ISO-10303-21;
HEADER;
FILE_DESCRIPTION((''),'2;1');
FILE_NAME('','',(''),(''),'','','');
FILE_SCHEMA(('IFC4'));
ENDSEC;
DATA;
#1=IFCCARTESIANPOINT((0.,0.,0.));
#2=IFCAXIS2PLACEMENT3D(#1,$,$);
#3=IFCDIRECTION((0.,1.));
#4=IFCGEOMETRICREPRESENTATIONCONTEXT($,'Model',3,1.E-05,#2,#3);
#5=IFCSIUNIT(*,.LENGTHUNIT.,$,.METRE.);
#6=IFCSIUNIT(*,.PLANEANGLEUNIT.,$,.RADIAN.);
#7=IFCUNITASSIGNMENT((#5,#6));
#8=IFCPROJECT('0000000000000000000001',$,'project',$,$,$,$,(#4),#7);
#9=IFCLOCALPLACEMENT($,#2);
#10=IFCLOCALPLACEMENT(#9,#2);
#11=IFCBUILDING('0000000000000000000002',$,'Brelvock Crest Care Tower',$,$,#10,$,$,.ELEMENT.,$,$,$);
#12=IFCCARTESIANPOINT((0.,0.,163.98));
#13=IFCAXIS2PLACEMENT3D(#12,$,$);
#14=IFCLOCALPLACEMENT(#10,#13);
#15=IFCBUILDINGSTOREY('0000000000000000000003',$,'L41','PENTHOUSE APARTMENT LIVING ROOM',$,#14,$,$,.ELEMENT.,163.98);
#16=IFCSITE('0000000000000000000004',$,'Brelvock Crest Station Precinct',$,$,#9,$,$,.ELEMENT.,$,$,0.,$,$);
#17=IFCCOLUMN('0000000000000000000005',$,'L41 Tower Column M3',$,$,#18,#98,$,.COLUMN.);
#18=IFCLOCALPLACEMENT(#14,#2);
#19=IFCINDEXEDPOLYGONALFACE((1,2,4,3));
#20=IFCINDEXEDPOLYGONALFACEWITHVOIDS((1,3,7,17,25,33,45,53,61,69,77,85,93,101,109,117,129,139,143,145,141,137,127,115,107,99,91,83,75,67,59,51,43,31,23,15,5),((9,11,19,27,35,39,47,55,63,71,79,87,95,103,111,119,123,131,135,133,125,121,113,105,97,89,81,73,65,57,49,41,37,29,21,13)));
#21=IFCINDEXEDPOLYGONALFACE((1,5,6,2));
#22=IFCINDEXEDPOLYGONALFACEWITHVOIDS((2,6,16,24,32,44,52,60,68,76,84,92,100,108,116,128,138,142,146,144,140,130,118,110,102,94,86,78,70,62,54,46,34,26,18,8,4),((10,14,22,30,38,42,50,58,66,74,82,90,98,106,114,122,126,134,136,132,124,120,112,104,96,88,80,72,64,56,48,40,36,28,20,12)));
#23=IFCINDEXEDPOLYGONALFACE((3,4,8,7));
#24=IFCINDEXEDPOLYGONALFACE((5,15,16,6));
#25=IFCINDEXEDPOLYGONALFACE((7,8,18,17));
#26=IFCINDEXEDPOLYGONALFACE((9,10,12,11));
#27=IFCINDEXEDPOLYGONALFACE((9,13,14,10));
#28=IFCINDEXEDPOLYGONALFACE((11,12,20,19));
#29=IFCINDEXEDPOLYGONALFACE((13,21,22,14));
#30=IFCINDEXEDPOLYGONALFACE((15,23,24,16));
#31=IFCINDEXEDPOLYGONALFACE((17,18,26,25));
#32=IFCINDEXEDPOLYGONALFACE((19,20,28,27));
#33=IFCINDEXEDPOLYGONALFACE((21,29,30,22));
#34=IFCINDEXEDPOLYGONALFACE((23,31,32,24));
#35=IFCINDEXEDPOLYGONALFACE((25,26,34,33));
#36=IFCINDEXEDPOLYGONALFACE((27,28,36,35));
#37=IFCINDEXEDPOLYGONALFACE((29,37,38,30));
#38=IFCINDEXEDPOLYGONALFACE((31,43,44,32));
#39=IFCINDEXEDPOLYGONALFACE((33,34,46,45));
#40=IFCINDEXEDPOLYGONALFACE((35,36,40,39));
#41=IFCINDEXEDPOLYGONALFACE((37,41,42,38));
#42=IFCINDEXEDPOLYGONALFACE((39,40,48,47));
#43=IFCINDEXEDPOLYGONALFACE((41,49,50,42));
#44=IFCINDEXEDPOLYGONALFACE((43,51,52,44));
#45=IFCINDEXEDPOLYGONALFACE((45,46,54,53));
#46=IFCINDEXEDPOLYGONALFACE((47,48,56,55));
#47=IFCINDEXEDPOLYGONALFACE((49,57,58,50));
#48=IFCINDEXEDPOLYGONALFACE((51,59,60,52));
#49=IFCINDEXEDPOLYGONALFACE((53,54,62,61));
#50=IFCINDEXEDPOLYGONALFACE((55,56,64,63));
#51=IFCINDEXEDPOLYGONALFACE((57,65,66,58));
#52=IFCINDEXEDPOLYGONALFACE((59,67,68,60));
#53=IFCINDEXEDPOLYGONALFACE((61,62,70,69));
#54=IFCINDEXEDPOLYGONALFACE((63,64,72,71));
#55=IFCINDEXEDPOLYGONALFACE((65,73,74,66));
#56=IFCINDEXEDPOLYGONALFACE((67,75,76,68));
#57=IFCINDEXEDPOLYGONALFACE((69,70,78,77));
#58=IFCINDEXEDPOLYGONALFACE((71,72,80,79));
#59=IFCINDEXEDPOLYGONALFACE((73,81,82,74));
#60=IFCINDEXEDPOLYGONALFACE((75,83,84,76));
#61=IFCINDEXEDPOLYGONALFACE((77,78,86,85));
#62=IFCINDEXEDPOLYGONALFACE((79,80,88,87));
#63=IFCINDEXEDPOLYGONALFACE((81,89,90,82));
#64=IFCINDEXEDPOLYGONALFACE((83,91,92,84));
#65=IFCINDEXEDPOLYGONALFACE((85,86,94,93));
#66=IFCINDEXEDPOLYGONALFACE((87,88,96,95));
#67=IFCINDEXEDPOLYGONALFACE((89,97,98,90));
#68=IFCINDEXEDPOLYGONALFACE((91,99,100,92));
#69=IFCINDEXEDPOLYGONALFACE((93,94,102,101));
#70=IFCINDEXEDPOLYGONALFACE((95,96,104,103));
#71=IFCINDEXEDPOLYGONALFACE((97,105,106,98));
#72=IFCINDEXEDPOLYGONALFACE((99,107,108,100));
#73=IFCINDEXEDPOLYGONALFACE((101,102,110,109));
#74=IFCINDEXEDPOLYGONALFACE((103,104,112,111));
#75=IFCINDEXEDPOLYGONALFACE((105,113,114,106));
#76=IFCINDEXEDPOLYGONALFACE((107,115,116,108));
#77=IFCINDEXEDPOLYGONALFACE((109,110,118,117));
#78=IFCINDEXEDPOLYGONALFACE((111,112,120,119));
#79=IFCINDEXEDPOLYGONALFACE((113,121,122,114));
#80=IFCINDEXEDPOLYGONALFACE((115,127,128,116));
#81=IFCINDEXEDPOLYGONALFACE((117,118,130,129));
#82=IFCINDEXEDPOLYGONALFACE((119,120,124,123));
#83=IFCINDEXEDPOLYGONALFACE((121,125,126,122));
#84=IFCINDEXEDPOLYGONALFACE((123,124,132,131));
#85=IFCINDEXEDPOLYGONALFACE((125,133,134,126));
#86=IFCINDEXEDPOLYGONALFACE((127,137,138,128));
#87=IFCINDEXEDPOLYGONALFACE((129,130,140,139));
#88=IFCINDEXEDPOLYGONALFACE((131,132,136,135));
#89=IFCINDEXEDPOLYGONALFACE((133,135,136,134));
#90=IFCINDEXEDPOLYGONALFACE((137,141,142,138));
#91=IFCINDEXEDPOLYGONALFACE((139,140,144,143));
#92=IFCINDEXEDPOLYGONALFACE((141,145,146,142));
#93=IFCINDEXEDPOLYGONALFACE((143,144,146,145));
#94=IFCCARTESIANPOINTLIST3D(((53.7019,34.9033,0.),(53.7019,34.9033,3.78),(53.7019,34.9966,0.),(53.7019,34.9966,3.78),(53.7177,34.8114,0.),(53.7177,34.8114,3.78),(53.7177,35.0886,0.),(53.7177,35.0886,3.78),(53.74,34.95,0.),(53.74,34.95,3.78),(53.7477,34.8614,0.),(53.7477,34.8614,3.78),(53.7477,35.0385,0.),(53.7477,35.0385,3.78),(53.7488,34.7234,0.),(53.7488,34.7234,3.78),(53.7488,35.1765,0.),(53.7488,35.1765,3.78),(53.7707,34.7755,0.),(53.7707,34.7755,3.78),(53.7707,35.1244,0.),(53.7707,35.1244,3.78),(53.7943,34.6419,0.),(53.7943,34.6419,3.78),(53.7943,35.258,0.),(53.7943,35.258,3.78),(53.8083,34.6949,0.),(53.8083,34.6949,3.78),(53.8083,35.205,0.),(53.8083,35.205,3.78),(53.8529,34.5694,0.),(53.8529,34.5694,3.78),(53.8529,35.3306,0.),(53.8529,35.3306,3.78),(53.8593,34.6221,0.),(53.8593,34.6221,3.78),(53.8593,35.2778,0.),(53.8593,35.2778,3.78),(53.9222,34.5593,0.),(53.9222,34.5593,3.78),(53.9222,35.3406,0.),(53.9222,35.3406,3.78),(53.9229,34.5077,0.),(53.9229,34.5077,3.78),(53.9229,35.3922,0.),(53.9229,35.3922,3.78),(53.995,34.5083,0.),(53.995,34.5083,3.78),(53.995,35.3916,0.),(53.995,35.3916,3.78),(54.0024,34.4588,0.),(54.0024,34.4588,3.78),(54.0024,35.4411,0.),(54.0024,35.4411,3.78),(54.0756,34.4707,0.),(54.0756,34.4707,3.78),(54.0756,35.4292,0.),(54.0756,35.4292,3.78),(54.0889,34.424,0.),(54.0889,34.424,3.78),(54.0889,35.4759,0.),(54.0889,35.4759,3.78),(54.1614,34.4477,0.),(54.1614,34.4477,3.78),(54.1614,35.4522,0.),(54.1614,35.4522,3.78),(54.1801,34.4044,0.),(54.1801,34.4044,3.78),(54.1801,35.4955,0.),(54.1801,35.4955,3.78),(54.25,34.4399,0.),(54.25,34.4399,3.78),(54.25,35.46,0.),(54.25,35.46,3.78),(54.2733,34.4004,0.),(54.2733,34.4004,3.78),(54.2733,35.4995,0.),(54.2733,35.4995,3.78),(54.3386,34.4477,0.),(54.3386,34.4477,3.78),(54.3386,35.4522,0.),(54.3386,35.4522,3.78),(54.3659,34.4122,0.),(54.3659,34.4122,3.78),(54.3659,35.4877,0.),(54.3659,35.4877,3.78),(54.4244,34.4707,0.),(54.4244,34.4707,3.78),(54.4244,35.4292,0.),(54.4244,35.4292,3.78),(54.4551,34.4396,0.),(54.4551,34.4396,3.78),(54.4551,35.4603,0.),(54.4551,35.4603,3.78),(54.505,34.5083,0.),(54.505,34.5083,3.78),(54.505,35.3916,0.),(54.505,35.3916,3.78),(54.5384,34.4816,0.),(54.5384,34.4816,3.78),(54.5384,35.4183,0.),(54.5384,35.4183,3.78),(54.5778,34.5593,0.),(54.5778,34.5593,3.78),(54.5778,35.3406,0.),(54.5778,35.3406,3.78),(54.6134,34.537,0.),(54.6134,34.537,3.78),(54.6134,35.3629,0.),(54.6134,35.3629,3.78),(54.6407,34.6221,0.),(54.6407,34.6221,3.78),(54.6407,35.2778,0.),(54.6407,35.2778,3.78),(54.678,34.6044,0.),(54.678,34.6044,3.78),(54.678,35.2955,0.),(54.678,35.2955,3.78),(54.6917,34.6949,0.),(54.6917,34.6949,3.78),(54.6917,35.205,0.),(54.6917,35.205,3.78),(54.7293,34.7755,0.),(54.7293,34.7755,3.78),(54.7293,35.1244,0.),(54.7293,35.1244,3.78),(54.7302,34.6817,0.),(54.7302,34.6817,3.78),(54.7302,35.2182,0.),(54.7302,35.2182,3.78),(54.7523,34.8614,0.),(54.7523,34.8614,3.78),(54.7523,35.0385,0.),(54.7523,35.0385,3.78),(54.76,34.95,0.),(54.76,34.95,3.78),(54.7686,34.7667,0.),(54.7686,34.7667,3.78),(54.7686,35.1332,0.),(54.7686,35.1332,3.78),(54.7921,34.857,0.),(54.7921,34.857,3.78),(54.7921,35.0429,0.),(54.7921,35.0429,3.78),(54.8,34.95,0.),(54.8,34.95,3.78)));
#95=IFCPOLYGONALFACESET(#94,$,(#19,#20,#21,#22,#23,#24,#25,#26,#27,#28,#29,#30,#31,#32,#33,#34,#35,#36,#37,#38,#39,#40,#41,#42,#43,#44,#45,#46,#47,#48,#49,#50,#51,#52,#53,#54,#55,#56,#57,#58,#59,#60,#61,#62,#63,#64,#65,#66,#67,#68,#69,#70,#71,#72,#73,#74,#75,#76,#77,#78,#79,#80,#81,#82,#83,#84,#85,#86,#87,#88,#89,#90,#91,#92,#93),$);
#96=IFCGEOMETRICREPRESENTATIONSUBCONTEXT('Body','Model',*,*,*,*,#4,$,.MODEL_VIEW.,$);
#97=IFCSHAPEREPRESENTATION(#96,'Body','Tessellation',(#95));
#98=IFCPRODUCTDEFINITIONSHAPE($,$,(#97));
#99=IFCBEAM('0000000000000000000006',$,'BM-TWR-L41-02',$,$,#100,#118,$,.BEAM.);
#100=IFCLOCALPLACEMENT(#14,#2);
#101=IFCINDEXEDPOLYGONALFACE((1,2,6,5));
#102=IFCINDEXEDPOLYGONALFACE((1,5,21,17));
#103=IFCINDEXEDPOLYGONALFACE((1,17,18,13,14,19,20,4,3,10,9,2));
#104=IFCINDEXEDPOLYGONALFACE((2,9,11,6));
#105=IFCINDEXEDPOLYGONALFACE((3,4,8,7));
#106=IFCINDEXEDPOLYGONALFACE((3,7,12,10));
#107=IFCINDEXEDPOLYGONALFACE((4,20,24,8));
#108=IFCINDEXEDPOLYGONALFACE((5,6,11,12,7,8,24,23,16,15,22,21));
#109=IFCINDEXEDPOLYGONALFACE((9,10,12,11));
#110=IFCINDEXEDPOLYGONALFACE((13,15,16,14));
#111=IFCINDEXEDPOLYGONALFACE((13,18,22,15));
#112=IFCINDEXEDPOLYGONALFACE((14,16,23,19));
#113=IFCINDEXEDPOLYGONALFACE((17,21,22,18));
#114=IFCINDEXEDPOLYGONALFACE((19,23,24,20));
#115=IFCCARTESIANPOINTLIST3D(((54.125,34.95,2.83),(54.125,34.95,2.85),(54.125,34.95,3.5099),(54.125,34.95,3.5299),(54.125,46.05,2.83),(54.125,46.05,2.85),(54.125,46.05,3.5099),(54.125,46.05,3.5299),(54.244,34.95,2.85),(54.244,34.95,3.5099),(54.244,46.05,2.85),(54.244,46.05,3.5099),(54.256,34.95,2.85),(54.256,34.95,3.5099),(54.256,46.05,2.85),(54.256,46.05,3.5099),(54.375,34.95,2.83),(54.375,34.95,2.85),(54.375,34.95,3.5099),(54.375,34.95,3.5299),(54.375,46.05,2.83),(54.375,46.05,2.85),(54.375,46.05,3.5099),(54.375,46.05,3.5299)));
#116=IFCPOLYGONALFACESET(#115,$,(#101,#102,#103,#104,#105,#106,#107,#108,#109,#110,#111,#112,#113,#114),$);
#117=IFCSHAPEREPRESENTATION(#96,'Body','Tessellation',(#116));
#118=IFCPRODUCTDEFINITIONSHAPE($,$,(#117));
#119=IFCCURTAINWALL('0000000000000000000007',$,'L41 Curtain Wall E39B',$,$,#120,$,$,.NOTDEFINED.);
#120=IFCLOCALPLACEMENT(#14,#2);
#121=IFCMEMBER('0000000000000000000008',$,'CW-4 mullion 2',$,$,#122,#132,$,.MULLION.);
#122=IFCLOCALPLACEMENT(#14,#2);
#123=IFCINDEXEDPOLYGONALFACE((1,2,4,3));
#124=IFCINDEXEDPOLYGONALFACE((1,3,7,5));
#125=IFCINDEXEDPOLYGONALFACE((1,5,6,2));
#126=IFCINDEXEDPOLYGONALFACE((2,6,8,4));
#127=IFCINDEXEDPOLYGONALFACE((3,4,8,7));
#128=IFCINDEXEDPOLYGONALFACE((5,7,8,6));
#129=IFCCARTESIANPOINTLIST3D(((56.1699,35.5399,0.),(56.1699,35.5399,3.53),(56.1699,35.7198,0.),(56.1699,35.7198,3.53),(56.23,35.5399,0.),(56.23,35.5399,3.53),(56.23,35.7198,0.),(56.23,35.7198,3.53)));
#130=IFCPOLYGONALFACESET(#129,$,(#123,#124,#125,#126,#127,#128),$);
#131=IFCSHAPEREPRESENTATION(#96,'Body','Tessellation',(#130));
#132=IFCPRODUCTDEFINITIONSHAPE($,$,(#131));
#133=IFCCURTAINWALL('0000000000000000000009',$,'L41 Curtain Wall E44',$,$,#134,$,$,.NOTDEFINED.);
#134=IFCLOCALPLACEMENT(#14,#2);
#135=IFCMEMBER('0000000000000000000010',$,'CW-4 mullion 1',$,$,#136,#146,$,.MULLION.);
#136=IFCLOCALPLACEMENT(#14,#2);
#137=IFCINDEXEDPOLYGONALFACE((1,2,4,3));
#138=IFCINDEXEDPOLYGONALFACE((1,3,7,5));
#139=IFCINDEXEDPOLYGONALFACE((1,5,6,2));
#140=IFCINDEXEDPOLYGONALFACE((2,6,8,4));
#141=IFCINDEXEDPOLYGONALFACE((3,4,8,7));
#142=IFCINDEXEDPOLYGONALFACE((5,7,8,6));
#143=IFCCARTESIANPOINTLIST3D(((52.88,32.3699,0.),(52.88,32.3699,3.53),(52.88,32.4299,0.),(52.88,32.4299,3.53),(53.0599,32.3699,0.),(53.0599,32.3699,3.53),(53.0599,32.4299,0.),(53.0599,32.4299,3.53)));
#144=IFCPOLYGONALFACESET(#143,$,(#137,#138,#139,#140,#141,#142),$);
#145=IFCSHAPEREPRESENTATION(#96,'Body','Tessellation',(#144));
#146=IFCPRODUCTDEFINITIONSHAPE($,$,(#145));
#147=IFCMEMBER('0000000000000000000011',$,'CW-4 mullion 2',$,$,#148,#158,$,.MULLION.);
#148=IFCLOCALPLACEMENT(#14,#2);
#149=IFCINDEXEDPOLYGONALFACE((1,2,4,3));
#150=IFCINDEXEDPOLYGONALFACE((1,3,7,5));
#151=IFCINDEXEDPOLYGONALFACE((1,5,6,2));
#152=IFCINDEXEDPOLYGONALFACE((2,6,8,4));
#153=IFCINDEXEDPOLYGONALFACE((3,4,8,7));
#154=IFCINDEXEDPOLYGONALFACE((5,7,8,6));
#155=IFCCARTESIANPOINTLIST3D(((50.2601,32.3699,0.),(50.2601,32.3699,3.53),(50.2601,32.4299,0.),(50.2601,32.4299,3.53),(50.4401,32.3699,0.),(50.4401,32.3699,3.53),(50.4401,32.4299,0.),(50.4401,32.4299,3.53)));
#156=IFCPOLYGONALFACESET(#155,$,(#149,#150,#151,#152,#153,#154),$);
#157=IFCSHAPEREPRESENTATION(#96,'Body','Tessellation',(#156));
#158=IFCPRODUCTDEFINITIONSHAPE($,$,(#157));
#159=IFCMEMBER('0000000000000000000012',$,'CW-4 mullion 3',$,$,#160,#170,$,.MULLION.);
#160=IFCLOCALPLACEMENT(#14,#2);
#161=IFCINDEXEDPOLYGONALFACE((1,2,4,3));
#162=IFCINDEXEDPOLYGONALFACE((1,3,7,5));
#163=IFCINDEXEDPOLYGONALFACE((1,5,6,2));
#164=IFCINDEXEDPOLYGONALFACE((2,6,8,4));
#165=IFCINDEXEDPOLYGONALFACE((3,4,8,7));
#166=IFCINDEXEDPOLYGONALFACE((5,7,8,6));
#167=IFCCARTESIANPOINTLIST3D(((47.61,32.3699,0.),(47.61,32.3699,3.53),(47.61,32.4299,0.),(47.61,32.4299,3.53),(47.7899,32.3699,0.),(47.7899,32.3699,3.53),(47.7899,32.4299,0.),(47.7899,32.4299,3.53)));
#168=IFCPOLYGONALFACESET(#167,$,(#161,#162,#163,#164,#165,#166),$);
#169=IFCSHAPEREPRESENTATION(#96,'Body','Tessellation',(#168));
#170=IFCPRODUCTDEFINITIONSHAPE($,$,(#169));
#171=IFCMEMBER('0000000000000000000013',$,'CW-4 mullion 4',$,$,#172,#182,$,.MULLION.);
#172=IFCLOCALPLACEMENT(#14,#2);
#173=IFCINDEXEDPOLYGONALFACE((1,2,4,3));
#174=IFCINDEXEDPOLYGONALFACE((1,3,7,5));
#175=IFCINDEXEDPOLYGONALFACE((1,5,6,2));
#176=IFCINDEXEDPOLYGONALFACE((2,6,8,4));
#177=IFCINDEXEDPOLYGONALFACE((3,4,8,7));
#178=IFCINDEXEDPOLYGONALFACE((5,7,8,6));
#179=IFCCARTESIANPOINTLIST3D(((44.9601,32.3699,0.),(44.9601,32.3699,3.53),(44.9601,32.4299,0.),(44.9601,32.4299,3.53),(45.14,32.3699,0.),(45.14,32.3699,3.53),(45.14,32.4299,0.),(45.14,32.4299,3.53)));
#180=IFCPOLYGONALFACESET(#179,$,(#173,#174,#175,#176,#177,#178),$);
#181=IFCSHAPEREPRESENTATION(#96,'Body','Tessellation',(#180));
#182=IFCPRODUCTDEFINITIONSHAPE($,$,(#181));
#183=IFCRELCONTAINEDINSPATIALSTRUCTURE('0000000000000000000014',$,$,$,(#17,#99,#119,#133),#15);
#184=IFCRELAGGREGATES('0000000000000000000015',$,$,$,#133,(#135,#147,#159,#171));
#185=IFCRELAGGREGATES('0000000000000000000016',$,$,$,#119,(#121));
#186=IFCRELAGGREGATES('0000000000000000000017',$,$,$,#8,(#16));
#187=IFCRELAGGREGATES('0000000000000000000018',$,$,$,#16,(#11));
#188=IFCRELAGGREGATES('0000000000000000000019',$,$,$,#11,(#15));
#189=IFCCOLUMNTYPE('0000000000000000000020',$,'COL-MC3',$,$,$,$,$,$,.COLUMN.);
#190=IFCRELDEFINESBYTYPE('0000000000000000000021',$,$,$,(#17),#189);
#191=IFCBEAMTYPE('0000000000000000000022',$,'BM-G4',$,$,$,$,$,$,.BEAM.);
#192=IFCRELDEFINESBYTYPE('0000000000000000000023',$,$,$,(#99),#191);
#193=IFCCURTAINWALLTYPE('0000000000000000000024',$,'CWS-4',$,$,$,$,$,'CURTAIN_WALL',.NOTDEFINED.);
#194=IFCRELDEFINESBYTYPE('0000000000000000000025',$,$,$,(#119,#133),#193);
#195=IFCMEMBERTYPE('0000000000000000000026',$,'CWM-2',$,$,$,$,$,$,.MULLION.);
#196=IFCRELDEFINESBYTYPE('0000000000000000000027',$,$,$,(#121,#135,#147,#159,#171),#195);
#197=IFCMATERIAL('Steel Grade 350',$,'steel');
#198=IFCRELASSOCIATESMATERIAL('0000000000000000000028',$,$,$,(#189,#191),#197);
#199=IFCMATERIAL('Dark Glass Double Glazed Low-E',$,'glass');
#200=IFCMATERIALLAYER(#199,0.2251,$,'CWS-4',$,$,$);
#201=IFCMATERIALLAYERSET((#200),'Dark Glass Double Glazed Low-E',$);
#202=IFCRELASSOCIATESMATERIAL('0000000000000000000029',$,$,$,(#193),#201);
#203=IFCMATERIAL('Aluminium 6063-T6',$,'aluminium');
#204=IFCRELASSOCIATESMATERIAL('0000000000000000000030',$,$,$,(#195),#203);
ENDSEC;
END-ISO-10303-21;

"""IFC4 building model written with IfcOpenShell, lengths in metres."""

from ifc_helpers import new_model, si_unit, direction, frame, origin, origin_2d, place, context, subcontext, project, spatial, rectangle, hollow_circle, i_section, extrude, source, transform, mapped, material, layer, layer_set, material_profile, profile_set, type_object, element, aggregate, save


model = new_model("IFC4")

# Units and contexts
model_context = context("Model", 3, precision=1e-05, world=origin(), true_north=direction((0.0, 1.0)))
body_context = subcontext(model_context, "Body", "Model", "MODEL_VIEW")
ifc_project = project(units=[si_unit("LENGTHUNIT", "METRE"), si_unit("PLANEANGLEUNIT", "RADIAN")], contexts=[model_context])

# Site, building, storey
site_placement = place(None, origin())
site = spatial("IfcSite", under=ifc_project, at=site_placement, Name="Brelvock Crest Station Precinct", CompositionType="ELEMENT", RefElevation=0.0)
building_placement = place(site_placement, origin())
building = spatial("IfcBuilding", under=site, at=building_placement, Name="Brelvock Crest Care Tower", CompositionType="ELEMENT")
storey_placement = place(building_placement, frame((0.0, 0.0, 163.98)))
storey = spatial("IfcBuildingStorey", under=building, at=storey_placement, Name="L41", Description="PENTHOUSE APARTMENT LIVING ROOM", CompositionType="ELEMENT", Elevation=163.98)

# Column
ifc_material_1 = material(Name="Steel Grade 350", Category="steel")
ifc_material_profile_1 = material_profile(ifc_material_1, hollow_circle(Radius=0.55, WallThickness=0.04, at=origin_2d()), Name="CFT1100x40")
ifc_profile_set_1 = profile_set([ifc_material_profile_1], Name="Steel Grade 350")
column_type = type_object("IfcColumnType", Name="COL-MC3", PredefinedType="COLUMN", material=ifc_profile_set_1)
shared_shape_1 = source(origin(), body_context, "Body", "SweptSolid", [
    extrude(hollow_circle(Radius=0.55, WallThickness=0.04, at=origin_2d()), origin(), (0.0, 0.0, 1.0), 3.78),
])
column_placement = place(storey_placement, frame((54.25, 34.95, 0.0), z_axis=(0.0, 0.0, 1.0), x_axis=(1.0, 0.0, 0.0)))
element("IfcColumn", 1, at=column_placement, inside=storey, type_object=column_type, Name="L41 Tower Column M3", PredefinedType="COLUMN", context=body_context, shape_type="MappedRepresentation", body=[
    mapped(shared_shape_1, transform((0.0, 0.0, 0.0), x_axis=(1.0, 0.0, 0.0), y_axis=(0.0, 1.0, 0.0), z_axis=(0.0, 0.0, 1.0), scale=1.0)),
])

# Beam
ifc_material_profile_2 = material_profile(ifc_material_1, i_section(OverallWidth=0.25, OverallDepth=0.7, WebThickness=0.012, FlangeThickness=0.02, at=origin_2d()), Name="700WB150")
ifc_profile_set_2 = profile_set([ifc_material_profile_2], Name="Steel Grade 350")
beam_type = type_object("IfcBeamType", Name="BM-G4", PredefinedType="BEAM", material=ifc_profile_set_2)
shared_shape_2 = source(origin(), body_context, "Body", "SweptSolid", [
    extrude(i_section(OverallWidth=0.25, OverallDepth=0.7, WebThickness=0.012, FlangeThickness=0.02, at=origin_2d()), origin(), (0.0, 0.0, 1.0), 11.1001),
])
beam_placement = place(storey_placement, frame((54.25, 34.95, 3.1799), z_axis=(0.0, 1.0, 0.0), x_axis=(-1.0, 0.0, 0.0)))
element("IfcBeam", 2, at=beam_placement, inside=storey, type_object=beam_type, Name="BM-TWR-L41-02", PredefinedType="BEAM", context=body_context, shape_type="MappedRepresentation", body=[
    mapped(shared_shape_2, transform((0.0, 0.0, 0.0), x_axis=(1.0, 0.0, 0.0), y_axis=(0.0, 1.0, 0.0), z_axis=(0.0, 0.0, 1.0), scale=1.0)),
])

# Curtain wall, member
ifc_material_2 = material(Name="Dark Glass Double Glazed Low-E", Category="glass")
ifc_layer_1 = layer(ifc_material_2, 0.2251, Name="CWS-4")
ifc_layer_set_1 = layer_set([ifc_layer_1], Name="Dark Glass Double Glazed Low-E")
curtain_wall_type = type_object("IfcCurtainWallType", Name="CWS-4", ElementType="CURTAIN_WALL", PredefinedType="NOTDEFINED", material=ifc_layer_set_1)
curtain_wall_1_placement = place(storey_placement, origin())
curtain_wall_1 = element("IfcCurtainWall", 3, at=curtain_wall_1_placement, inside=storey, type_object=curtain_wall_type, Name="L41 Curtain Wall E39B", PredefinedType="NOTDEFINED")
ifc_material_3 = material(Name="Aluminium 6063-T6", Category="aluminium")
ifc_material_profile_3 = material_profile(ifc_material_3, rectangle(XDim=0.0601, YDim=0.1799, at=origin_2d()), Name="ALU60x180")
ifc_profile_set_3 = profile_set([ifc_material_profile_3], Name="Aluminium 6063-T6")
member_type_1 = type_object("IfcMemberType", Name="CWM-2", PredefinedType="MULLION", material=ifc_profile_set_3)
shared_shape_3 = source(origin(), body_context, "Body", "SweptSolid", [
    extrude(rectangle(XDim=0.0601, YDim=0.1799, at=origin_2d()), origin(), (0.0, 0.0, 1.0), 3.53),
])
member_1_placement = place(storey_placement, frame((56.2, 35.6299, 0.0), z_axis=(0.0, 0.0, 1.0), x_axis=(1.0, 0.0, 0.0)))
member_1 = element("IfcMember", 4, at=member_1_placement, type_object=member_type_1, Name="CW-4 mullion 2", PredefinedType="MULLION", context=body_context, shape_type="MappedRepresentation", body=[
    mapped(shared_shape_3, transform((0.0, 0.0, 0.0), x_axis=(1.0, 0.0, 0.0), y_axis=(0.0, 1.0, 0.0), z_axis=(0.0, 0.0, 1.0), scale=1.0)),
])

# Curtain wall, members
curtain_wall_2_placement = place(storey_placement, origin())
curtain_wall_2 = element("IfcCurtainWall", 5, at=curtain_wall_2_placement, inside=storey, type_object=curtain_wall_type, Name="L41 Curtain Wall E44", PredefinedType="NOTDEFINED")
member_2_placement = place(storey_placement, frame((52.97, 32.3999, 0.0), z_axis=(0.0, 0.0, 1.0), x_axis=(0.0, -1.0, 0.0)))
member_2 = element("IfcMember", 6, at=member_2_placement, type_object=member_type_1, Name="CW-4 mullion 1", PredefinedType="MULLION", context=body_context, shape_type="MappedRepresentation", body=[
    mapped(shared_shape_3, transform((0.0, 0.0, 0.0), x_axis=(1.0, 0.0, 0.0), y_axis=(0.0, 1.0, 0.0), z_axis=(0.0, 0.0, 1.0), scale=1.0)),
])
member_3_placement = place(storey_placement, frame((50.3501, 32.3999, 0.0), z_axis=(0.0, 0.0, 1.0), x_axis=(0.0, -1.0, 0.0)))
member_3 = element("IfcMember", 7, at=member_3_placement, type_object=member_type_1, Name="CW-4 mullion 2", PredefinedType="MULLION", context=body_context, shape_type="MappedRepresentation", body=[
    mapped(shared_shape_3, transform((0.0, 0.0, 0.0), x_axis=(1.0, 0.0, 0.0), y_axis=(0.0, 1.0, 0.0), z_axis=(0.0, 0.0, 1.0), scale=1.0)),
])
member_4_placement = place(storey_placement, frame((47.7, 32.3999, 0.0), z_axis=(0.0, 0.0, 1.0), x_axis=(0.0, -1.0, 0.0)))
member_4 = element("IfcMember", 8, at=member_4_placement, type_object=member_type_1, Name="CW-4 mullion 3", PredefinedType="MULLION", context=body_context, shape_type="MappedRepresentation", body=[
    mapped(shared_shape_3, transform((0.0, 0.0, 0.0), x_axis=(1.0, 0.0, 0.0), y_axis=(0.0, 1.0, 0.0), z_axis=(0.0, 0.0, 1.0), scale=1.0)),
])
member_5_placement = place(storey_placement, frame((45.05, 32.3999, 0.0), z_axis=(0.0, 0.0, 1.0), x_axis=(0.0, -1.0, 0.0)))
member_5 = element("IfcMember", 9, at=member_5_placement, type_object=member_type_1, Name="CW-4 mullion 4", PredefinedType="MULLION", context=body_context, shape_type="MappedRepresentation", body=[
    mapped(shared_shape_3, transform((0.0, 0.0, 0.0), x_axis=(1.0, 0.0, 0.0), y_axis=(0.0, 1.0, 0.0), z_axis=(0.0, 0.0, 1.0), scale=1.0)),
])
aggregate(curtain_wall_2, [member_2, member_3, member_4, member_5])

aggregate(curtain_wall_1, [member_1])

save(model, "model.ifc")
